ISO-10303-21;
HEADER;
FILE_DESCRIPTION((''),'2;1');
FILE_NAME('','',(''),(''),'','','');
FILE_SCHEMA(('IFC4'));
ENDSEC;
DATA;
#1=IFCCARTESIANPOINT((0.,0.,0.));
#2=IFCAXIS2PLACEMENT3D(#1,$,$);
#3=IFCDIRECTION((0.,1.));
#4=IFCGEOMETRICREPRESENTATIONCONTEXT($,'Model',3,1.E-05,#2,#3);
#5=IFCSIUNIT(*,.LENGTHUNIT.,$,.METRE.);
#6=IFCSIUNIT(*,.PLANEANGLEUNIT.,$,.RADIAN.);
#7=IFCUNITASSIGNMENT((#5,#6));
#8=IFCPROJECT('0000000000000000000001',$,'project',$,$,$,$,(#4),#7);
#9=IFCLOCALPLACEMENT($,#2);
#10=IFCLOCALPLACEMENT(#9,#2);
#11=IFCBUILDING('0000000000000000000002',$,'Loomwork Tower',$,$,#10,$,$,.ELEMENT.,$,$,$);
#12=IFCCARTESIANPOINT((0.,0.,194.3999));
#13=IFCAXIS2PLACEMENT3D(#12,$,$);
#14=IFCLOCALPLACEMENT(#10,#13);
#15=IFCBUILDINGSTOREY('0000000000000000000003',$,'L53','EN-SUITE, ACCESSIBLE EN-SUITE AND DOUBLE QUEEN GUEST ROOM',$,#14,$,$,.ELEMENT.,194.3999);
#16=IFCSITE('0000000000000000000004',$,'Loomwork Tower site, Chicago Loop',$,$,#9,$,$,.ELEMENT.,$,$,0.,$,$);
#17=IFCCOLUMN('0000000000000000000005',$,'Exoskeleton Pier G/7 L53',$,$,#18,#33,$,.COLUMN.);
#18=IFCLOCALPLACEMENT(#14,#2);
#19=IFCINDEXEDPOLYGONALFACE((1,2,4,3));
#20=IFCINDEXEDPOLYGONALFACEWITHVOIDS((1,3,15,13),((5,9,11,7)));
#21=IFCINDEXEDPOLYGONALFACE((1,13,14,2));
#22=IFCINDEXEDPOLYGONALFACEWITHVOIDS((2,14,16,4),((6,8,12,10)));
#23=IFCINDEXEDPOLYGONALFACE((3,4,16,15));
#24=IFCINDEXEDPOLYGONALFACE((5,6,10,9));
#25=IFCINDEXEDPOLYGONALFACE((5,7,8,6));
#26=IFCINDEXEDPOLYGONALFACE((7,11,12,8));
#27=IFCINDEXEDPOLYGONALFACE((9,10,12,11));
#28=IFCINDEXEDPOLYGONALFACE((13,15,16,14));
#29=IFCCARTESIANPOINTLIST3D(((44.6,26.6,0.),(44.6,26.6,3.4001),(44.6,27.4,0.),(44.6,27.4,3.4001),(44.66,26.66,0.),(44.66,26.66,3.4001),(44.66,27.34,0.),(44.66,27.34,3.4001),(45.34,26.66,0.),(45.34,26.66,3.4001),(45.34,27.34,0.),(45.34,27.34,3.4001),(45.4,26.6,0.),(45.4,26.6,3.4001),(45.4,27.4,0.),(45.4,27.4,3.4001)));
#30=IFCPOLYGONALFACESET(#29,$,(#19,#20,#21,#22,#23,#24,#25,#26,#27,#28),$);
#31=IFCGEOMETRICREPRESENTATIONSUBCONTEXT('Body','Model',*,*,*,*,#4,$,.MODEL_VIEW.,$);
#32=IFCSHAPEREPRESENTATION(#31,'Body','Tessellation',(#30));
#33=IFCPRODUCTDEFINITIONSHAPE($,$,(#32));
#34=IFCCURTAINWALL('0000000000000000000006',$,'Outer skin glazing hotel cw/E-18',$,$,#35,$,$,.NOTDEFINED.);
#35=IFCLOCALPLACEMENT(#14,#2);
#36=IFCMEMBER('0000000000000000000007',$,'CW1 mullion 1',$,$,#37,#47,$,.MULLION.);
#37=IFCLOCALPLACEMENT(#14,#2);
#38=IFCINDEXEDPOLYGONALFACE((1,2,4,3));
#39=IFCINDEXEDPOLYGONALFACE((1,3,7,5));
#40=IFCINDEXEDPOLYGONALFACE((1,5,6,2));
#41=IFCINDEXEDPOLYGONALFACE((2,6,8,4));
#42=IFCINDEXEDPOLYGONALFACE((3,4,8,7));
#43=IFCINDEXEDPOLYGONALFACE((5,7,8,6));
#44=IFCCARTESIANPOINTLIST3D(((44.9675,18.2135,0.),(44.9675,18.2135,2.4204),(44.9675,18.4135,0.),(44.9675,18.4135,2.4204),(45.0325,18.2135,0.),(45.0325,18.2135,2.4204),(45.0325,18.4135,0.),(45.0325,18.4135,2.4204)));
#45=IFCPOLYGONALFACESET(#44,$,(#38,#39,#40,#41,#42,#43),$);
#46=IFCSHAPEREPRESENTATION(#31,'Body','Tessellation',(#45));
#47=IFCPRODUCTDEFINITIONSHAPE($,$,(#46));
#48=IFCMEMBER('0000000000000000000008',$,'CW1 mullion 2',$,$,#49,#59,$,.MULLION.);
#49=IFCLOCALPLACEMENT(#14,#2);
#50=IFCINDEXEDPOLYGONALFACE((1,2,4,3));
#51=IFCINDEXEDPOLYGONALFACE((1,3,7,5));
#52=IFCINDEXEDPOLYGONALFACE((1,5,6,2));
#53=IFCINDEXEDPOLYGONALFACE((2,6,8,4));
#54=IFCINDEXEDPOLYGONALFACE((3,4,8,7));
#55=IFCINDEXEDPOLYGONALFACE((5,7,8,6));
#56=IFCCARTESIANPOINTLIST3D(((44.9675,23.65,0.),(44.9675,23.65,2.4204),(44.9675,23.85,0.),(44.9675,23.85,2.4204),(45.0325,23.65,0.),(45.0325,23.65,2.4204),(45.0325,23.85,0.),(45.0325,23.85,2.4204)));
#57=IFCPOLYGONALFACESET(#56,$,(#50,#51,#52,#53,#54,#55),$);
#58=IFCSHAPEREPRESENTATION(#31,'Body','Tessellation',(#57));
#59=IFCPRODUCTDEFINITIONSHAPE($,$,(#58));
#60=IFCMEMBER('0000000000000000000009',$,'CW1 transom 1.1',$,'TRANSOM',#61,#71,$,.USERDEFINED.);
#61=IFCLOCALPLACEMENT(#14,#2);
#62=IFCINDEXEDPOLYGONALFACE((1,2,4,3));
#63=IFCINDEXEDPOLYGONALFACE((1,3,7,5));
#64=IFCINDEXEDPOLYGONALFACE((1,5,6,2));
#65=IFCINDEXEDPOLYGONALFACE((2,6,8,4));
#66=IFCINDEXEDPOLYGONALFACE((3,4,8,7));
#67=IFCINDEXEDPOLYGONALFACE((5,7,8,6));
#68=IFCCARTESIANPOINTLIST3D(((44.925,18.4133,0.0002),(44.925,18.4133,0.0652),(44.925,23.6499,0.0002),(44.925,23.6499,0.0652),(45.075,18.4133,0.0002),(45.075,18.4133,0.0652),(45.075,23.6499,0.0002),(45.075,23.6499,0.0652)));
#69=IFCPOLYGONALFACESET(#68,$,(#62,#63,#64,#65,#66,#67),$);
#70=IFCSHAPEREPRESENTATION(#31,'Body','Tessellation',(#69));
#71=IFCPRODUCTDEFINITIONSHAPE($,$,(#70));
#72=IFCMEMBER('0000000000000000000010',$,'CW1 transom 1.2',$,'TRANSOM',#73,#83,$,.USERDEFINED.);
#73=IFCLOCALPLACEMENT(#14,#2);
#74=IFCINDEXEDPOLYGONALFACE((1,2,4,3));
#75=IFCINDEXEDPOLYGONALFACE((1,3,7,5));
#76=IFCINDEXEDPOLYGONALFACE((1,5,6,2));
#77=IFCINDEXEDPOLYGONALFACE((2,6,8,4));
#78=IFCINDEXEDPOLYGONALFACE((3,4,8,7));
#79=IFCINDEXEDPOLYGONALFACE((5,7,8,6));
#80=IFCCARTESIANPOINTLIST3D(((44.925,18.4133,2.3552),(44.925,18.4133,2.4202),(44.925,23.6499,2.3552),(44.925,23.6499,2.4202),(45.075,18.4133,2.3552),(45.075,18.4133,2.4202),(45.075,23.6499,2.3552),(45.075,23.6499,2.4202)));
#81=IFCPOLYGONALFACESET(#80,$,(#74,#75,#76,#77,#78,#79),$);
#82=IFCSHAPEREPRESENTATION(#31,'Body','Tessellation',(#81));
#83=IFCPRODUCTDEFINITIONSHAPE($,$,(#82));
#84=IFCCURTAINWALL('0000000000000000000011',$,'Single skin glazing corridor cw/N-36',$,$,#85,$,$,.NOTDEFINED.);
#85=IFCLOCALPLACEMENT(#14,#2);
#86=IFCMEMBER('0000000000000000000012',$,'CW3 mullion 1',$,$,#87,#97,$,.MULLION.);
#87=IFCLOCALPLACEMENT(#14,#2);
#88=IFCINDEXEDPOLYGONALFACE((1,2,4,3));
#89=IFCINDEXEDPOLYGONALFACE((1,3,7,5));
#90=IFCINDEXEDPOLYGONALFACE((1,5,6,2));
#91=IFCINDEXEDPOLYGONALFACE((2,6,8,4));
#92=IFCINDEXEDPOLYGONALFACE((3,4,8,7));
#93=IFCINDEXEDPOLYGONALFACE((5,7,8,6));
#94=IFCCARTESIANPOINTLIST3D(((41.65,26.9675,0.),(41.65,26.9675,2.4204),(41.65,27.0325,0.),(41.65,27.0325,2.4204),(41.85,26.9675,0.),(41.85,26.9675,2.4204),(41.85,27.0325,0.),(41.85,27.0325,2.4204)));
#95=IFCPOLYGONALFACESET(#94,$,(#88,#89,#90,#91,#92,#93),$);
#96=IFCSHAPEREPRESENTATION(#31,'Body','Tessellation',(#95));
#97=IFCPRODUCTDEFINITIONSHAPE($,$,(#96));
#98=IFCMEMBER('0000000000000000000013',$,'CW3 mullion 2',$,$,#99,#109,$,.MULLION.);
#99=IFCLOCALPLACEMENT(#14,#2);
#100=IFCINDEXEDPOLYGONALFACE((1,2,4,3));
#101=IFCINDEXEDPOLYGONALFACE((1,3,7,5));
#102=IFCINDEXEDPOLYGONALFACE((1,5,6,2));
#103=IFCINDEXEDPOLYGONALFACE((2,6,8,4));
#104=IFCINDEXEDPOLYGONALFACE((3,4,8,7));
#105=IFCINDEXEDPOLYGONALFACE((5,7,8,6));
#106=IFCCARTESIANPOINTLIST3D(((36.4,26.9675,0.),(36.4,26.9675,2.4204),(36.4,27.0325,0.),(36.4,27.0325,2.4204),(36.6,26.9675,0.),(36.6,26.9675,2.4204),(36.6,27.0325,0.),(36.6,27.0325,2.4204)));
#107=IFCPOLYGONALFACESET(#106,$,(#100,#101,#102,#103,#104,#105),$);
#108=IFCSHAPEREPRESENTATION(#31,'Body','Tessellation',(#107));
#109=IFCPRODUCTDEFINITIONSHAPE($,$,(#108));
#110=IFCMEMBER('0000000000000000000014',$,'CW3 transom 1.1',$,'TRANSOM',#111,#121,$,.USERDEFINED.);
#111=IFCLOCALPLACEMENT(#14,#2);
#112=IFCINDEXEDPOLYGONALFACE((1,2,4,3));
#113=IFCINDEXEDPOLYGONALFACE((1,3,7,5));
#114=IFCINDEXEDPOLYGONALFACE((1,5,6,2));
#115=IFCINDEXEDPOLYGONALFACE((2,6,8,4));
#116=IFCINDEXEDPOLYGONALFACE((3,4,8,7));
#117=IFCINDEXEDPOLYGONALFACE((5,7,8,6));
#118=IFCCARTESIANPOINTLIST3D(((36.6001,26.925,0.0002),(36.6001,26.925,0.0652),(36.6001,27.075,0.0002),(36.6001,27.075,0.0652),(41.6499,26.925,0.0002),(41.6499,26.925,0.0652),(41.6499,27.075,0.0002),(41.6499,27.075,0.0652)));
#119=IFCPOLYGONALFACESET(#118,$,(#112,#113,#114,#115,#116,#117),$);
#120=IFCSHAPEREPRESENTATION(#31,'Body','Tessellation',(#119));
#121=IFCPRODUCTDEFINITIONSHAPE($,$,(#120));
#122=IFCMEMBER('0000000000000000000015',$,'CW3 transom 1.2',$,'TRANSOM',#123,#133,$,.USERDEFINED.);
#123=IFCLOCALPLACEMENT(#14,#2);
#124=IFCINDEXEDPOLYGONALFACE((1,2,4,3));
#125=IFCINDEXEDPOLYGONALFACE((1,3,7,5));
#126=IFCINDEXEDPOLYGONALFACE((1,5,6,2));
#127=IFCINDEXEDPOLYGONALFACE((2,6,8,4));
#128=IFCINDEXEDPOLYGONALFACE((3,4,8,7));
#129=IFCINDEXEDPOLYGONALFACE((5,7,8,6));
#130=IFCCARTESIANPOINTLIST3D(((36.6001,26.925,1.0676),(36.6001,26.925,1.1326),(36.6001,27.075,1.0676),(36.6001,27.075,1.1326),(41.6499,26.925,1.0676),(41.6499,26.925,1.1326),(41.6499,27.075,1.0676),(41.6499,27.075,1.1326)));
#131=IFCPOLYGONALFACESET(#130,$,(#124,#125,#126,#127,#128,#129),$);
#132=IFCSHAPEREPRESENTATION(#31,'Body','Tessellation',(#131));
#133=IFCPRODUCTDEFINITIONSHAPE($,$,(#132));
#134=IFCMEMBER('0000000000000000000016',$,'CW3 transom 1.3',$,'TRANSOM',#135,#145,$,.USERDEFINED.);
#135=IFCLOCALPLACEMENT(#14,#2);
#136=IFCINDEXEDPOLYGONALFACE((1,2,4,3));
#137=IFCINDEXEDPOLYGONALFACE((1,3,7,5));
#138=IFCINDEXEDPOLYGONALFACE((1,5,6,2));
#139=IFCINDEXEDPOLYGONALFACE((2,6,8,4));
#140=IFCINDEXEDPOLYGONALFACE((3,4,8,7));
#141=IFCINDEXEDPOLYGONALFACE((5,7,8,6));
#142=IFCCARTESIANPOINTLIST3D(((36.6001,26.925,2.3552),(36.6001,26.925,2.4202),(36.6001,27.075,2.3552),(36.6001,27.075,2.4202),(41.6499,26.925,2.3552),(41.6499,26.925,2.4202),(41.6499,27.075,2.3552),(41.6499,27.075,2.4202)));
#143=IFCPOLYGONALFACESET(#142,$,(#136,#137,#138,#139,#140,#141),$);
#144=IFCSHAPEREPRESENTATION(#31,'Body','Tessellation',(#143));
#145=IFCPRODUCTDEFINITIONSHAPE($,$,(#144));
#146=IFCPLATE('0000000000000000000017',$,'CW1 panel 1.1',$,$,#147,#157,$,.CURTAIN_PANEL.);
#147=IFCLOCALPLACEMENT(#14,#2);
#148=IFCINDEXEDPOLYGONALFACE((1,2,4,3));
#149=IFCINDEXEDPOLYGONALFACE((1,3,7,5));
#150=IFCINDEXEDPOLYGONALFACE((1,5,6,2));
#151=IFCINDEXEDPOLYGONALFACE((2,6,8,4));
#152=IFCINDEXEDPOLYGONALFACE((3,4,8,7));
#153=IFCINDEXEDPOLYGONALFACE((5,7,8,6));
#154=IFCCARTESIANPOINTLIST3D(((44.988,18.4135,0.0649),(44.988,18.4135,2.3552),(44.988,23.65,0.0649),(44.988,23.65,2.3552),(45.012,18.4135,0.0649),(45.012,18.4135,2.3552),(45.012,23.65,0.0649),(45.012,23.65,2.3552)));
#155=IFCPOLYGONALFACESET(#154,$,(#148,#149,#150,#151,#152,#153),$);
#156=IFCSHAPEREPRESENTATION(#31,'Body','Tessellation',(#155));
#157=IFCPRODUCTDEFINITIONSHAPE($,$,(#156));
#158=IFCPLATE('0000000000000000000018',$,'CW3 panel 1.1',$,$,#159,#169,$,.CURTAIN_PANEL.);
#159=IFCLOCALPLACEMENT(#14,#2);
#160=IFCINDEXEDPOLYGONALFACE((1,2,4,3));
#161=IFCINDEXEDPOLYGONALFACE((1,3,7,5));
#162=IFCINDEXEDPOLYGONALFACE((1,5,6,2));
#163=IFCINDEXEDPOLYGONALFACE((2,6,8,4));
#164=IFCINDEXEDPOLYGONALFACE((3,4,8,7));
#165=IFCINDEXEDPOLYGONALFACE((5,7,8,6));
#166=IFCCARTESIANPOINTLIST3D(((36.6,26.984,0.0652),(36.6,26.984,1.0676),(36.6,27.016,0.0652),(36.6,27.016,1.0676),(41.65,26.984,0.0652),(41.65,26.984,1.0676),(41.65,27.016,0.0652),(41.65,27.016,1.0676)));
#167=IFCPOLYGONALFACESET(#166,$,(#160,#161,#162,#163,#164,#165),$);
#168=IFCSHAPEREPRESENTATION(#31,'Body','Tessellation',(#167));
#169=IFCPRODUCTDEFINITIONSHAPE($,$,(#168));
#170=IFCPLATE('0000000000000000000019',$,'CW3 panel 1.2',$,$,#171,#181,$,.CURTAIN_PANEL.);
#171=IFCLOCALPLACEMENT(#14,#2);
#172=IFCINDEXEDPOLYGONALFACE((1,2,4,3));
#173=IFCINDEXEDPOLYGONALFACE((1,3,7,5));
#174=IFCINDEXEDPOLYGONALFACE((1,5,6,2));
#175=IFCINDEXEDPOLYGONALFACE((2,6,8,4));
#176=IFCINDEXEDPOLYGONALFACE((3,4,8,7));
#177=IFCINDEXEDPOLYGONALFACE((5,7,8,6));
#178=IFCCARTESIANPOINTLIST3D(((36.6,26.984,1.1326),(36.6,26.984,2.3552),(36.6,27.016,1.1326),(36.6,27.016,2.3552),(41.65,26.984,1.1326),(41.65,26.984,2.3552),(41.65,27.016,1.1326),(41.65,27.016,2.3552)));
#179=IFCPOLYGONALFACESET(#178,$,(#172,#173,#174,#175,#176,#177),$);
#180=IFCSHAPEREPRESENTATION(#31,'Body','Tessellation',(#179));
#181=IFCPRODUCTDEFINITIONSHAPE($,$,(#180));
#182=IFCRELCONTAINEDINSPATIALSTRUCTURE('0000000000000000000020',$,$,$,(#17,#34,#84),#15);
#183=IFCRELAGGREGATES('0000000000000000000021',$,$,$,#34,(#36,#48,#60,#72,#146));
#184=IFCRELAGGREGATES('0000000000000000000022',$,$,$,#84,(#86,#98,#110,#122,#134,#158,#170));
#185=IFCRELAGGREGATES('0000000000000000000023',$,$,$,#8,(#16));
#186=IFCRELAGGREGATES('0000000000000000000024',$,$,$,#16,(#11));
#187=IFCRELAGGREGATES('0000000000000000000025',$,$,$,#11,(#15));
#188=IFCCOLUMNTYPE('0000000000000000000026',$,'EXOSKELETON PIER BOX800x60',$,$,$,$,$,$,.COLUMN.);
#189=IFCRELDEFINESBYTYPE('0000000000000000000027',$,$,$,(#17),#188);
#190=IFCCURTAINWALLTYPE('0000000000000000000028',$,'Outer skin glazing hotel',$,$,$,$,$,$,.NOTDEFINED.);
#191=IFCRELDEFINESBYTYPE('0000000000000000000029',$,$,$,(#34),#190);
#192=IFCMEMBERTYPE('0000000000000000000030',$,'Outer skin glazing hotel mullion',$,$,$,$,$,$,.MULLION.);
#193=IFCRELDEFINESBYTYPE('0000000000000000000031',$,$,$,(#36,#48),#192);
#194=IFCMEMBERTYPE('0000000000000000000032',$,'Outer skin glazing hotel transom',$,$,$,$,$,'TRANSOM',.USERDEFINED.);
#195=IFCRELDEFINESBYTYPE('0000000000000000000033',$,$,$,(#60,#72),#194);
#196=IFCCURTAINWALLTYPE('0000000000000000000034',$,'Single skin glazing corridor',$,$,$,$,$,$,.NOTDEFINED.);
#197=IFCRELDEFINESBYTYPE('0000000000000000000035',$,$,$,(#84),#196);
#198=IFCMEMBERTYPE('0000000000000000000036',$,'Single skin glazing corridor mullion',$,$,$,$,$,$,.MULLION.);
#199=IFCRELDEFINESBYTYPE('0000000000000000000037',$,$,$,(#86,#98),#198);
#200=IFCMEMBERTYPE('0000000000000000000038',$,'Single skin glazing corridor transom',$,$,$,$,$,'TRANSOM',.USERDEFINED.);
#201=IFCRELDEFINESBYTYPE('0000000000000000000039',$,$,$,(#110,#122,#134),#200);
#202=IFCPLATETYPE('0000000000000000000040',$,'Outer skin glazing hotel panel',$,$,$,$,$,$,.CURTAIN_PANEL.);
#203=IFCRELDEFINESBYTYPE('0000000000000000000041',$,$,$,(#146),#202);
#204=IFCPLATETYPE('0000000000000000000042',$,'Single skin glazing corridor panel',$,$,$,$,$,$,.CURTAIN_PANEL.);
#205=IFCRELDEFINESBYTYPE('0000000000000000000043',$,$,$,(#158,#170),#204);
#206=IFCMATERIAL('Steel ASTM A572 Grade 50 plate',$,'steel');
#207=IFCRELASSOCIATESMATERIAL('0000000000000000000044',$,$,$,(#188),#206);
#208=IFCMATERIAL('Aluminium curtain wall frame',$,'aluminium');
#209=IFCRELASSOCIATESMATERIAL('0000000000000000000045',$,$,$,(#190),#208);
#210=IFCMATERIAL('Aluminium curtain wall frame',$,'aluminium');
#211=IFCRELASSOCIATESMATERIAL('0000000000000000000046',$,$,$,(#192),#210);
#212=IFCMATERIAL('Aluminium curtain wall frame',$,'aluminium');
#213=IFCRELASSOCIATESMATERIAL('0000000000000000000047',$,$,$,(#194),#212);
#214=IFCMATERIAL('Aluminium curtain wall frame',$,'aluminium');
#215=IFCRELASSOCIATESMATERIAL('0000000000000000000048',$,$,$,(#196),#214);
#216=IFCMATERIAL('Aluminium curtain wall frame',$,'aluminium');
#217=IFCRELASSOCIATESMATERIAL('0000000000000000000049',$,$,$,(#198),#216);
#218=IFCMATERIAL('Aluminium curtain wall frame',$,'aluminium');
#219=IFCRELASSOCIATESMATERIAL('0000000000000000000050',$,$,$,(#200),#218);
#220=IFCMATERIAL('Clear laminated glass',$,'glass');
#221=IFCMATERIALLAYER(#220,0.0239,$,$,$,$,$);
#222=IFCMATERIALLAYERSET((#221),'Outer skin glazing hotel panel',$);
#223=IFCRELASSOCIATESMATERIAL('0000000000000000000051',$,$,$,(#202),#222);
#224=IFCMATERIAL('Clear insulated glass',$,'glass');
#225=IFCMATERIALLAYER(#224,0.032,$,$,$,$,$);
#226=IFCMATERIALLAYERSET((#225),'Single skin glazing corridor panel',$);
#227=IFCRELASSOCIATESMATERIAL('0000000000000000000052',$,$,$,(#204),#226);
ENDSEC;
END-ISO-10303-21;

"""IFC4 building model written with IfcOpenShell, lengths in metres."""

from ifc_helpers import new_model, si_unit, direction, frame, origin, origin_2d, place, context, subcontext, project, spatial, rectangle, hollow_rectangle, extrude, material, layer, layer_set, material_profile, profile_set, type_object, element, aggregate, save


model = new_model("IFC4")

# Units and contexts
model_context = context("Model", 3, precision=1e-05, world=origin(), true_north=direction((0.0, 1.0)))
body_context = subcontext(model_context, "Body", "Model", "MODEL_VIEW")
ifc_project = project(units=[si_unit("LENGTHUNIT", "METRE"), si_unit("PLANEANGLEUNIT", "RADIAN")], contexts=[model_context])

# Site, building, storey
site_placement = place(None, origin())
site = spatial("IfcSite", under=ifc_project, at=site_placement, Name="Loomwork Tower site, Chicago Loop", CompositionType="ELEMENT", RefElevation=0.0)
building_placement = place(site_placement, origin())
building = spatial("IfcBuilding", under=site, at=building_placement, Name="Loomwork Tower", CompositionType="ELEMENT")
storey_placement = place(building_placement, frame((0.0, 0.0, 194.3999)))
storey = spatial("IfcBuildingStorey", under=building, at=storey_placement, Name="L53", Description="EN-SUITE, ACCESSIBLE EN-SUITE AND DOUBLE QUEEN GUEST ROOM", CompositionType="ELEMENT", Elevation=194.3999)

# Column
ifc_material_1 = material(Name="Steel ASTM A572 Grade 50 plate", Category="steel")
ifc_material_profile_1 = material_profile(ifc_material_1, hollow_rectangle(XDim=0.8, YDim=0.8, WallThickness=0.0601, at=origin_2d()), Name="BOX800x60")
ifc_profile_set_1 = profile_set([ifc_material_profile_1], Name="Steel ASTM A572 Grade 50 plate")
column_type = type_object("IfcColumnType", Name="EXOSKELETON PIER BOX800x60", PredefinedType="COLUMN", material=ifc_profile_set_1)
column_placement = place(storey_placement, frame((45.0, 27.0, 0.0), z_axis=(0.0, 0.0, 1.0), x_axis=(0.0, 1.0, 0.0)))
element("IfcColumn", 1, at=column_placement, inside=storey, type_object=column_type, Name="Exoskeleton Pier G/7 L53", PredefinedType="COLUMN", context=body_context, shape_type="SweptSolid", body=[
    extrude(hollow_rectangle(XDim=0.8, YDim=0.8, WallThickness=0.0601, at=origin_2d()), origin(), (0.0, 0.0, 1.0), 3.4001),
])

# Curtain walls, members
ifc_material_2 = material(Name="Aluminium curtain wall frame", Category="aluminium")
curtain_wall_type_1 = type_object("IfcCurtainWallType", Name="Outer skin glazing hotel", PredefinedType="NOTDEFINED", material=ifc_material_2)
curtain_wall_1_placement = place(storey_placement, origin())
curtain_wall_1 = element("IfcCurtainWall", 2, at=curtain_wall_1_placement, inside=storey, type_object=curtain_wall_type_1, Name="Outer skin glazing hotel cw/E-18", PredefinedType="NOTDEFINED")
ifc_material_3 = material(Name="Aluminium curtain wall frame", Category="aluminium")
ifc_material_profile_2 = material_profile(ifc_material_3, rectangle(XDim=0.0649, YDim=0.2, at=origin_2d()), Name="AL 65x200")
ifc_profile_set_2 = profile_set([ifc_material_profile_2], Name="Aluminium curtain wall frame")
member_type_1 = type_object("IfcMemberType", Name="Outer skin glazing hotel mullion", PredefinedType="MULLION", material=ifc_profile_set_2)
member_1_placement = place(storey_placement, frame((45.0, 18.3135, 0.0), z_axis=(0.0, 0.0, 1.0), x_axis=(-1.0, 0.0, 0.0)))
member_1 = element("IfcMember", 3, at=member_1_placement, type_object=member_type_1, Name="CW1 mullion 1", PredefinedType="MULLION", context=body_context, shape_type="SweptSolid", body=[
    extrude(rectangle(XDim=0.0649, YDim=0.2, at=origin_2d()), origin(), (0.0, 0.0, 1.0), 2.4204),
])
member_2_placement = place(storey_placement, frame((45.0, 23.75, 0.0), z_axis=(0.0, 0.0, 1.0), x_axis=(-1.0, 0.0, 0.0)))
member_2 = element("IfcMember", 4, at=member_2_placement, type_object=member_type_1, Name="CW1 mullion 2", PredefinedType="MULLION", context=body_context, shape_type="SweptSolid", body=[
    extrude(rectangle(XDim=0.0649, YDim=0.2, at=origin_2d()), origin(), (0.0, 0.0, 1.0), 2.4204),
])
ifc_material_4 = material(Name="Aluminium curtain wall frame", Category="aluminium")
ifc_material_profile_3 = material_profile(ifc_material_4, rectangle(XDim=0.1499, YDim=0.0649, at=origin_2d()), Name="AL 65x150")
ifc_profile_set_3 = profile_set([ifc_material_profile_3], Name="Aluminium curtain wall frame")
member_type_2 = type_object("IfcMemberType", Name="Outer skin glazing hotel transom", ElementType="TRANSOM", PredefinedType="USERDEFINED", material=ifc_profile_set_3)
member_3_placement = place(storey_placement, frame((45.0, 18.4133, 0.0327), z_axis=(0.0, 1.0, 0.0), x_axis=(-1.0, 0.0, 0.0)))
member_3 = element("IfcMember", 5, at=member_3_placement, type_object=member_type_2, Name="CW1 transom 1.1", ObjectType="TRANSOM", PredefinedType="USERDEFINED", context=body_context, shape_type="SweptSolid", body=[
    extrude(rectangle(XDim=0.1499, YDim=0.0649, at=origin_2d()), origin(), (0.0, 0.0, 1.0), 5.2366),
])
member_4_placement = place(storey_placement, frame((45.0, 18.4133, 2.3877), z_axis=(0.0, 1.0, 0.0), x_axis=(-1.0, 0.0, 0.0)))
member_4 = element("IfcMember", 6, at=member_4_placement, type_object=member_type_2, Name="CW1 transom 1.2", ObjectType="TRANSOM", PredefinedType="USERDEFINED", context=body_context, shape_type="SweptSolid", body=[
    extrude(rectangle(XDim=0.1499, YDim=0.0649, at=origin_2d()), origin(), (0.0, 0.0, 1.0), 5.2366),
])
ifc_material_5 = material(Name="Aluminium curtain wall frame", Category="aluminium")
curtain_wall_type_2 = type_object("IfcCurtainWallType", Name="Single skin glazing corridor", PredefinedType="NOTDEFINED", material=ifc_material_5)
curtain_wall_2_placement = place(storey_placement, origin())
curtain_wall_2 = element("IfcCurtainWall", 7, at=curtain_wall_2_placement, inside=storey, type_object=curtain_wall_type_2, Name="Single skin glazing corridor cw/N-36", PredefinedType="NOTDEFINED")
ifc_material_6 = material(Name="Aluminium curtain wall frame", Category="aluminium")
ifc_material_profile_4 = material_profile(ifc_material_6, rectangle(XDim=0.0649, YDim=0.2, at=origin_2d()), Name="AL 65x200")
ifc_profile_set_4 = profile_set([ifc_material_profile_4], Name="Aluminium curtain wall frame")
member_type_3 = type_object("IfcMemberType", Name="Single skin glazing corridor mullion", PredefinedType="MULLION", material=ifc_profile_set_4)
member_5_placement = place(storey_placement, frame((41.75, 27.0, 0.0), z_axis=(0.0, 0.0, 1.0), x_axis=(0.0, -1.0, 0.0)))
member_5 = element("IfcMember", 8, at=member_5_placement, type_object=member_type_3, Name="CW3 mullion 1", PredefinedType="MULLION", context=body_context, shape_type="SweptSolid", body=[
    extrude(rectangle(XDim=0.0649, YDim=0.2, at=origin_2d()), origin(), (0.0, 0.0, 1.0), 2.4204),
])
member_6_placement = place(storey_placement, frame((36.5, 27.0, 0.0), z_axis=(0.0, 0.0, 1.0), x_axis=(0.0, -1.0, 0.0)))
member_6 = element("IfcMember", 9, at=member_6_placement, type_object=member_type_3, Name="CW3 mullion 2", PredefinedType="MULLION", context=body_context, shape_type="SweptSolid", body=[
    extrude(rectangle(XDim=0.0649, YDim=0.2, at=origin_2d()), origin(), (0.0, 0.0, 1.0), 2.4204),
])
ifc_material_7 = material(Name="Aluminium curtain wall frame", Category="aluminium")
ifc_material_profile_5 = material_profile(ifc_material_7, rectangle(XDim=0.1499, YDim=0.0649, at=origin_2d()), Name="AL 65x150")
ifc_profile_set_5 = profile_set([ifc_material_profile_5], Name="Aluminium curtain wall frame")
member_type_4 = type_object("IfcMemberType", Name="Single skin glazing corridor transom", ElementType="TRANSOM", PredefinedType="USERDEFINED", material=ifc_profile_set_5)
member_7_placement = place(storey_placement, frame((41.6499, 27.0, 0.0327), z_axis=(-1.0, 0.0, 0.0), x_axis=(0.0, -1.0, 0.0)))
member_7 = element("IfcMember", 10, at=member_7_placement, type_object=member_type_4, Name="CW3 transom 1.1", ObjectType="TRANSOM", PredefinedType="USERDEFINED", context=body_context, shape_type="SweptSolid", body=[
    extrude(rectangle(XDim=0.1499, YDim=0.0649, at=origin_2d()), origin(), (0.0, 0.0, 1.0), 5.0498),
])
member_8_placement = place(storey_placement, frame((41.6499, 27.0, 1.1001), z_axis=(-1.0, 0.0, 0.0), x_axis=(0.0, -1.0, 0.0)))
member_8 = element("IfcMember", 11, at=member_8_placement, type_object=member_type_4, Name="CW3 transom 1.2", ObjectType="TRANSOM", PredefinedType="USERDEFINED", context=body_context, shape_type="SweptSolid", body=[
    extrude(rectangle(XDim=0.1499, YDim=0.0649, at=origin_2d()), origin(), (0.0, 0.0, 1.0), 5.0498),
])
member_9_placement = place(storey_placement, frame((41.6499, 27.0, 2.3877), z_axis=(-1.0, 0.0, 0.0), x_axis=(0.0, -1.0, 0.0)))
member_9 = element("IfcMember", 12, at=member_9_placement, type_object=member_type_4, Name="CW3 transom 1.3", ObjectType="TRANSOM", PredefinedType="USERDEFINED", context=body_context, shape_type="SweptSolid", body=[
    extrude(rectangle(XDim=0.1499, YDim=0.0649, at=origin_2d()), origin(), (0.0, 0.0, 1.0), 5.0498),
])

# Plates
ifc_material_8 = material(Name="Clear laminated glass", Category="glass")
ifc_layer_1 = layer(ifc_material_8, 0.0239)
ifc_layer_set_1 = layer_set([ifc_layer_1], Name="Outer skin glazing hotel panel")
plate_type_1 = type_object("IfcPlateType", Name="Outer skin glazing hotel panel", PredefinedType="CURTAIN_PANEL", material=ifc_layer_set_1)
plate_1_placement = place(storey_placement, frame((45.0, 21.0317, 0.0649), z_axis=(0.0, 0.0, 1.0), x_axis=(0.0, 1.0, 0.0)))
plate_1 = element("IfcPlate", 13, at=plate_1_placement, type_object=plate_type_1, Name="CW1 panel 1.1", PredefinedType="CURTAIN_PANEL", context=body_context, shape_type="SweptSolid", body=[
    extrude(rectangle(XDim=5.2366, YDim=0.0239, at=origin_2d()), origin(), (0.0, 0.0, 1.0), 2.2903),
])
aggregate(curtain_wall_1, [member_1, member_2, member_3, member_4, plate_1])
ifc_material_9 = material(Name="Clear insulated glass", Category="glass")
ifc_layer_2 = layer(ifc_material_9, 0.032)
ifc_layer_set_2 = layer_set([ifc_layer_2], Name="Single skin glazing corridor panel")
plate_type_2 = type_object("IfcPlateType", Name="Single skin glazing corridor panel", PredefinedType="CURTAIN_PANEL", material=ifc_layer_set_2)
plate_2_placement = place(storey_placement, frame((39.125, 27.0, 0.0652), z_axis=(0.0, 0.0, 1.0), x_axis=(-1.0, 0.0, 0.0)))
plate_2 = element("IfcPlate", 14, at=plate_2_placement, type_object=plate_type_2, Name="CW3 panel 1.1", PredefinedType="CURTAIN_PANEL", context=body_context, shape_type="SweptSolid", body=[
    extrude(rectangle(XDim=5.05, YDim=0.032, at=origin_2d()), origin(), (0.0, 0.0, 1.0), 1.0024),
])
plate_3_placement = place(storey_placement, frame((39.125, 27.0, 1.1326), z_axis=(0.0, 0.0, 1.0), x_axis=(-1.0, 0.0, 0.0)))
plate_3 = element("IfcPlate", 15, at=plate_3_placement, type_object=plate_type_2, Name="CW3 panel 1.2", PredefinedType="CURTAIN_PANEL", context=body_context, shape_type="SweptSolid", body=[
    extrude(rectangle(XDim=5.05, YDim=0.032, at=origin_2d()), origin(), (0.0, 0.0, 1.0), 1.2227),
])
aggregate(curtain_wall_2, [member_5, member_6, member_7, member_8, member_9, plate_2, plate_3])

save(model, "model.ifc")
